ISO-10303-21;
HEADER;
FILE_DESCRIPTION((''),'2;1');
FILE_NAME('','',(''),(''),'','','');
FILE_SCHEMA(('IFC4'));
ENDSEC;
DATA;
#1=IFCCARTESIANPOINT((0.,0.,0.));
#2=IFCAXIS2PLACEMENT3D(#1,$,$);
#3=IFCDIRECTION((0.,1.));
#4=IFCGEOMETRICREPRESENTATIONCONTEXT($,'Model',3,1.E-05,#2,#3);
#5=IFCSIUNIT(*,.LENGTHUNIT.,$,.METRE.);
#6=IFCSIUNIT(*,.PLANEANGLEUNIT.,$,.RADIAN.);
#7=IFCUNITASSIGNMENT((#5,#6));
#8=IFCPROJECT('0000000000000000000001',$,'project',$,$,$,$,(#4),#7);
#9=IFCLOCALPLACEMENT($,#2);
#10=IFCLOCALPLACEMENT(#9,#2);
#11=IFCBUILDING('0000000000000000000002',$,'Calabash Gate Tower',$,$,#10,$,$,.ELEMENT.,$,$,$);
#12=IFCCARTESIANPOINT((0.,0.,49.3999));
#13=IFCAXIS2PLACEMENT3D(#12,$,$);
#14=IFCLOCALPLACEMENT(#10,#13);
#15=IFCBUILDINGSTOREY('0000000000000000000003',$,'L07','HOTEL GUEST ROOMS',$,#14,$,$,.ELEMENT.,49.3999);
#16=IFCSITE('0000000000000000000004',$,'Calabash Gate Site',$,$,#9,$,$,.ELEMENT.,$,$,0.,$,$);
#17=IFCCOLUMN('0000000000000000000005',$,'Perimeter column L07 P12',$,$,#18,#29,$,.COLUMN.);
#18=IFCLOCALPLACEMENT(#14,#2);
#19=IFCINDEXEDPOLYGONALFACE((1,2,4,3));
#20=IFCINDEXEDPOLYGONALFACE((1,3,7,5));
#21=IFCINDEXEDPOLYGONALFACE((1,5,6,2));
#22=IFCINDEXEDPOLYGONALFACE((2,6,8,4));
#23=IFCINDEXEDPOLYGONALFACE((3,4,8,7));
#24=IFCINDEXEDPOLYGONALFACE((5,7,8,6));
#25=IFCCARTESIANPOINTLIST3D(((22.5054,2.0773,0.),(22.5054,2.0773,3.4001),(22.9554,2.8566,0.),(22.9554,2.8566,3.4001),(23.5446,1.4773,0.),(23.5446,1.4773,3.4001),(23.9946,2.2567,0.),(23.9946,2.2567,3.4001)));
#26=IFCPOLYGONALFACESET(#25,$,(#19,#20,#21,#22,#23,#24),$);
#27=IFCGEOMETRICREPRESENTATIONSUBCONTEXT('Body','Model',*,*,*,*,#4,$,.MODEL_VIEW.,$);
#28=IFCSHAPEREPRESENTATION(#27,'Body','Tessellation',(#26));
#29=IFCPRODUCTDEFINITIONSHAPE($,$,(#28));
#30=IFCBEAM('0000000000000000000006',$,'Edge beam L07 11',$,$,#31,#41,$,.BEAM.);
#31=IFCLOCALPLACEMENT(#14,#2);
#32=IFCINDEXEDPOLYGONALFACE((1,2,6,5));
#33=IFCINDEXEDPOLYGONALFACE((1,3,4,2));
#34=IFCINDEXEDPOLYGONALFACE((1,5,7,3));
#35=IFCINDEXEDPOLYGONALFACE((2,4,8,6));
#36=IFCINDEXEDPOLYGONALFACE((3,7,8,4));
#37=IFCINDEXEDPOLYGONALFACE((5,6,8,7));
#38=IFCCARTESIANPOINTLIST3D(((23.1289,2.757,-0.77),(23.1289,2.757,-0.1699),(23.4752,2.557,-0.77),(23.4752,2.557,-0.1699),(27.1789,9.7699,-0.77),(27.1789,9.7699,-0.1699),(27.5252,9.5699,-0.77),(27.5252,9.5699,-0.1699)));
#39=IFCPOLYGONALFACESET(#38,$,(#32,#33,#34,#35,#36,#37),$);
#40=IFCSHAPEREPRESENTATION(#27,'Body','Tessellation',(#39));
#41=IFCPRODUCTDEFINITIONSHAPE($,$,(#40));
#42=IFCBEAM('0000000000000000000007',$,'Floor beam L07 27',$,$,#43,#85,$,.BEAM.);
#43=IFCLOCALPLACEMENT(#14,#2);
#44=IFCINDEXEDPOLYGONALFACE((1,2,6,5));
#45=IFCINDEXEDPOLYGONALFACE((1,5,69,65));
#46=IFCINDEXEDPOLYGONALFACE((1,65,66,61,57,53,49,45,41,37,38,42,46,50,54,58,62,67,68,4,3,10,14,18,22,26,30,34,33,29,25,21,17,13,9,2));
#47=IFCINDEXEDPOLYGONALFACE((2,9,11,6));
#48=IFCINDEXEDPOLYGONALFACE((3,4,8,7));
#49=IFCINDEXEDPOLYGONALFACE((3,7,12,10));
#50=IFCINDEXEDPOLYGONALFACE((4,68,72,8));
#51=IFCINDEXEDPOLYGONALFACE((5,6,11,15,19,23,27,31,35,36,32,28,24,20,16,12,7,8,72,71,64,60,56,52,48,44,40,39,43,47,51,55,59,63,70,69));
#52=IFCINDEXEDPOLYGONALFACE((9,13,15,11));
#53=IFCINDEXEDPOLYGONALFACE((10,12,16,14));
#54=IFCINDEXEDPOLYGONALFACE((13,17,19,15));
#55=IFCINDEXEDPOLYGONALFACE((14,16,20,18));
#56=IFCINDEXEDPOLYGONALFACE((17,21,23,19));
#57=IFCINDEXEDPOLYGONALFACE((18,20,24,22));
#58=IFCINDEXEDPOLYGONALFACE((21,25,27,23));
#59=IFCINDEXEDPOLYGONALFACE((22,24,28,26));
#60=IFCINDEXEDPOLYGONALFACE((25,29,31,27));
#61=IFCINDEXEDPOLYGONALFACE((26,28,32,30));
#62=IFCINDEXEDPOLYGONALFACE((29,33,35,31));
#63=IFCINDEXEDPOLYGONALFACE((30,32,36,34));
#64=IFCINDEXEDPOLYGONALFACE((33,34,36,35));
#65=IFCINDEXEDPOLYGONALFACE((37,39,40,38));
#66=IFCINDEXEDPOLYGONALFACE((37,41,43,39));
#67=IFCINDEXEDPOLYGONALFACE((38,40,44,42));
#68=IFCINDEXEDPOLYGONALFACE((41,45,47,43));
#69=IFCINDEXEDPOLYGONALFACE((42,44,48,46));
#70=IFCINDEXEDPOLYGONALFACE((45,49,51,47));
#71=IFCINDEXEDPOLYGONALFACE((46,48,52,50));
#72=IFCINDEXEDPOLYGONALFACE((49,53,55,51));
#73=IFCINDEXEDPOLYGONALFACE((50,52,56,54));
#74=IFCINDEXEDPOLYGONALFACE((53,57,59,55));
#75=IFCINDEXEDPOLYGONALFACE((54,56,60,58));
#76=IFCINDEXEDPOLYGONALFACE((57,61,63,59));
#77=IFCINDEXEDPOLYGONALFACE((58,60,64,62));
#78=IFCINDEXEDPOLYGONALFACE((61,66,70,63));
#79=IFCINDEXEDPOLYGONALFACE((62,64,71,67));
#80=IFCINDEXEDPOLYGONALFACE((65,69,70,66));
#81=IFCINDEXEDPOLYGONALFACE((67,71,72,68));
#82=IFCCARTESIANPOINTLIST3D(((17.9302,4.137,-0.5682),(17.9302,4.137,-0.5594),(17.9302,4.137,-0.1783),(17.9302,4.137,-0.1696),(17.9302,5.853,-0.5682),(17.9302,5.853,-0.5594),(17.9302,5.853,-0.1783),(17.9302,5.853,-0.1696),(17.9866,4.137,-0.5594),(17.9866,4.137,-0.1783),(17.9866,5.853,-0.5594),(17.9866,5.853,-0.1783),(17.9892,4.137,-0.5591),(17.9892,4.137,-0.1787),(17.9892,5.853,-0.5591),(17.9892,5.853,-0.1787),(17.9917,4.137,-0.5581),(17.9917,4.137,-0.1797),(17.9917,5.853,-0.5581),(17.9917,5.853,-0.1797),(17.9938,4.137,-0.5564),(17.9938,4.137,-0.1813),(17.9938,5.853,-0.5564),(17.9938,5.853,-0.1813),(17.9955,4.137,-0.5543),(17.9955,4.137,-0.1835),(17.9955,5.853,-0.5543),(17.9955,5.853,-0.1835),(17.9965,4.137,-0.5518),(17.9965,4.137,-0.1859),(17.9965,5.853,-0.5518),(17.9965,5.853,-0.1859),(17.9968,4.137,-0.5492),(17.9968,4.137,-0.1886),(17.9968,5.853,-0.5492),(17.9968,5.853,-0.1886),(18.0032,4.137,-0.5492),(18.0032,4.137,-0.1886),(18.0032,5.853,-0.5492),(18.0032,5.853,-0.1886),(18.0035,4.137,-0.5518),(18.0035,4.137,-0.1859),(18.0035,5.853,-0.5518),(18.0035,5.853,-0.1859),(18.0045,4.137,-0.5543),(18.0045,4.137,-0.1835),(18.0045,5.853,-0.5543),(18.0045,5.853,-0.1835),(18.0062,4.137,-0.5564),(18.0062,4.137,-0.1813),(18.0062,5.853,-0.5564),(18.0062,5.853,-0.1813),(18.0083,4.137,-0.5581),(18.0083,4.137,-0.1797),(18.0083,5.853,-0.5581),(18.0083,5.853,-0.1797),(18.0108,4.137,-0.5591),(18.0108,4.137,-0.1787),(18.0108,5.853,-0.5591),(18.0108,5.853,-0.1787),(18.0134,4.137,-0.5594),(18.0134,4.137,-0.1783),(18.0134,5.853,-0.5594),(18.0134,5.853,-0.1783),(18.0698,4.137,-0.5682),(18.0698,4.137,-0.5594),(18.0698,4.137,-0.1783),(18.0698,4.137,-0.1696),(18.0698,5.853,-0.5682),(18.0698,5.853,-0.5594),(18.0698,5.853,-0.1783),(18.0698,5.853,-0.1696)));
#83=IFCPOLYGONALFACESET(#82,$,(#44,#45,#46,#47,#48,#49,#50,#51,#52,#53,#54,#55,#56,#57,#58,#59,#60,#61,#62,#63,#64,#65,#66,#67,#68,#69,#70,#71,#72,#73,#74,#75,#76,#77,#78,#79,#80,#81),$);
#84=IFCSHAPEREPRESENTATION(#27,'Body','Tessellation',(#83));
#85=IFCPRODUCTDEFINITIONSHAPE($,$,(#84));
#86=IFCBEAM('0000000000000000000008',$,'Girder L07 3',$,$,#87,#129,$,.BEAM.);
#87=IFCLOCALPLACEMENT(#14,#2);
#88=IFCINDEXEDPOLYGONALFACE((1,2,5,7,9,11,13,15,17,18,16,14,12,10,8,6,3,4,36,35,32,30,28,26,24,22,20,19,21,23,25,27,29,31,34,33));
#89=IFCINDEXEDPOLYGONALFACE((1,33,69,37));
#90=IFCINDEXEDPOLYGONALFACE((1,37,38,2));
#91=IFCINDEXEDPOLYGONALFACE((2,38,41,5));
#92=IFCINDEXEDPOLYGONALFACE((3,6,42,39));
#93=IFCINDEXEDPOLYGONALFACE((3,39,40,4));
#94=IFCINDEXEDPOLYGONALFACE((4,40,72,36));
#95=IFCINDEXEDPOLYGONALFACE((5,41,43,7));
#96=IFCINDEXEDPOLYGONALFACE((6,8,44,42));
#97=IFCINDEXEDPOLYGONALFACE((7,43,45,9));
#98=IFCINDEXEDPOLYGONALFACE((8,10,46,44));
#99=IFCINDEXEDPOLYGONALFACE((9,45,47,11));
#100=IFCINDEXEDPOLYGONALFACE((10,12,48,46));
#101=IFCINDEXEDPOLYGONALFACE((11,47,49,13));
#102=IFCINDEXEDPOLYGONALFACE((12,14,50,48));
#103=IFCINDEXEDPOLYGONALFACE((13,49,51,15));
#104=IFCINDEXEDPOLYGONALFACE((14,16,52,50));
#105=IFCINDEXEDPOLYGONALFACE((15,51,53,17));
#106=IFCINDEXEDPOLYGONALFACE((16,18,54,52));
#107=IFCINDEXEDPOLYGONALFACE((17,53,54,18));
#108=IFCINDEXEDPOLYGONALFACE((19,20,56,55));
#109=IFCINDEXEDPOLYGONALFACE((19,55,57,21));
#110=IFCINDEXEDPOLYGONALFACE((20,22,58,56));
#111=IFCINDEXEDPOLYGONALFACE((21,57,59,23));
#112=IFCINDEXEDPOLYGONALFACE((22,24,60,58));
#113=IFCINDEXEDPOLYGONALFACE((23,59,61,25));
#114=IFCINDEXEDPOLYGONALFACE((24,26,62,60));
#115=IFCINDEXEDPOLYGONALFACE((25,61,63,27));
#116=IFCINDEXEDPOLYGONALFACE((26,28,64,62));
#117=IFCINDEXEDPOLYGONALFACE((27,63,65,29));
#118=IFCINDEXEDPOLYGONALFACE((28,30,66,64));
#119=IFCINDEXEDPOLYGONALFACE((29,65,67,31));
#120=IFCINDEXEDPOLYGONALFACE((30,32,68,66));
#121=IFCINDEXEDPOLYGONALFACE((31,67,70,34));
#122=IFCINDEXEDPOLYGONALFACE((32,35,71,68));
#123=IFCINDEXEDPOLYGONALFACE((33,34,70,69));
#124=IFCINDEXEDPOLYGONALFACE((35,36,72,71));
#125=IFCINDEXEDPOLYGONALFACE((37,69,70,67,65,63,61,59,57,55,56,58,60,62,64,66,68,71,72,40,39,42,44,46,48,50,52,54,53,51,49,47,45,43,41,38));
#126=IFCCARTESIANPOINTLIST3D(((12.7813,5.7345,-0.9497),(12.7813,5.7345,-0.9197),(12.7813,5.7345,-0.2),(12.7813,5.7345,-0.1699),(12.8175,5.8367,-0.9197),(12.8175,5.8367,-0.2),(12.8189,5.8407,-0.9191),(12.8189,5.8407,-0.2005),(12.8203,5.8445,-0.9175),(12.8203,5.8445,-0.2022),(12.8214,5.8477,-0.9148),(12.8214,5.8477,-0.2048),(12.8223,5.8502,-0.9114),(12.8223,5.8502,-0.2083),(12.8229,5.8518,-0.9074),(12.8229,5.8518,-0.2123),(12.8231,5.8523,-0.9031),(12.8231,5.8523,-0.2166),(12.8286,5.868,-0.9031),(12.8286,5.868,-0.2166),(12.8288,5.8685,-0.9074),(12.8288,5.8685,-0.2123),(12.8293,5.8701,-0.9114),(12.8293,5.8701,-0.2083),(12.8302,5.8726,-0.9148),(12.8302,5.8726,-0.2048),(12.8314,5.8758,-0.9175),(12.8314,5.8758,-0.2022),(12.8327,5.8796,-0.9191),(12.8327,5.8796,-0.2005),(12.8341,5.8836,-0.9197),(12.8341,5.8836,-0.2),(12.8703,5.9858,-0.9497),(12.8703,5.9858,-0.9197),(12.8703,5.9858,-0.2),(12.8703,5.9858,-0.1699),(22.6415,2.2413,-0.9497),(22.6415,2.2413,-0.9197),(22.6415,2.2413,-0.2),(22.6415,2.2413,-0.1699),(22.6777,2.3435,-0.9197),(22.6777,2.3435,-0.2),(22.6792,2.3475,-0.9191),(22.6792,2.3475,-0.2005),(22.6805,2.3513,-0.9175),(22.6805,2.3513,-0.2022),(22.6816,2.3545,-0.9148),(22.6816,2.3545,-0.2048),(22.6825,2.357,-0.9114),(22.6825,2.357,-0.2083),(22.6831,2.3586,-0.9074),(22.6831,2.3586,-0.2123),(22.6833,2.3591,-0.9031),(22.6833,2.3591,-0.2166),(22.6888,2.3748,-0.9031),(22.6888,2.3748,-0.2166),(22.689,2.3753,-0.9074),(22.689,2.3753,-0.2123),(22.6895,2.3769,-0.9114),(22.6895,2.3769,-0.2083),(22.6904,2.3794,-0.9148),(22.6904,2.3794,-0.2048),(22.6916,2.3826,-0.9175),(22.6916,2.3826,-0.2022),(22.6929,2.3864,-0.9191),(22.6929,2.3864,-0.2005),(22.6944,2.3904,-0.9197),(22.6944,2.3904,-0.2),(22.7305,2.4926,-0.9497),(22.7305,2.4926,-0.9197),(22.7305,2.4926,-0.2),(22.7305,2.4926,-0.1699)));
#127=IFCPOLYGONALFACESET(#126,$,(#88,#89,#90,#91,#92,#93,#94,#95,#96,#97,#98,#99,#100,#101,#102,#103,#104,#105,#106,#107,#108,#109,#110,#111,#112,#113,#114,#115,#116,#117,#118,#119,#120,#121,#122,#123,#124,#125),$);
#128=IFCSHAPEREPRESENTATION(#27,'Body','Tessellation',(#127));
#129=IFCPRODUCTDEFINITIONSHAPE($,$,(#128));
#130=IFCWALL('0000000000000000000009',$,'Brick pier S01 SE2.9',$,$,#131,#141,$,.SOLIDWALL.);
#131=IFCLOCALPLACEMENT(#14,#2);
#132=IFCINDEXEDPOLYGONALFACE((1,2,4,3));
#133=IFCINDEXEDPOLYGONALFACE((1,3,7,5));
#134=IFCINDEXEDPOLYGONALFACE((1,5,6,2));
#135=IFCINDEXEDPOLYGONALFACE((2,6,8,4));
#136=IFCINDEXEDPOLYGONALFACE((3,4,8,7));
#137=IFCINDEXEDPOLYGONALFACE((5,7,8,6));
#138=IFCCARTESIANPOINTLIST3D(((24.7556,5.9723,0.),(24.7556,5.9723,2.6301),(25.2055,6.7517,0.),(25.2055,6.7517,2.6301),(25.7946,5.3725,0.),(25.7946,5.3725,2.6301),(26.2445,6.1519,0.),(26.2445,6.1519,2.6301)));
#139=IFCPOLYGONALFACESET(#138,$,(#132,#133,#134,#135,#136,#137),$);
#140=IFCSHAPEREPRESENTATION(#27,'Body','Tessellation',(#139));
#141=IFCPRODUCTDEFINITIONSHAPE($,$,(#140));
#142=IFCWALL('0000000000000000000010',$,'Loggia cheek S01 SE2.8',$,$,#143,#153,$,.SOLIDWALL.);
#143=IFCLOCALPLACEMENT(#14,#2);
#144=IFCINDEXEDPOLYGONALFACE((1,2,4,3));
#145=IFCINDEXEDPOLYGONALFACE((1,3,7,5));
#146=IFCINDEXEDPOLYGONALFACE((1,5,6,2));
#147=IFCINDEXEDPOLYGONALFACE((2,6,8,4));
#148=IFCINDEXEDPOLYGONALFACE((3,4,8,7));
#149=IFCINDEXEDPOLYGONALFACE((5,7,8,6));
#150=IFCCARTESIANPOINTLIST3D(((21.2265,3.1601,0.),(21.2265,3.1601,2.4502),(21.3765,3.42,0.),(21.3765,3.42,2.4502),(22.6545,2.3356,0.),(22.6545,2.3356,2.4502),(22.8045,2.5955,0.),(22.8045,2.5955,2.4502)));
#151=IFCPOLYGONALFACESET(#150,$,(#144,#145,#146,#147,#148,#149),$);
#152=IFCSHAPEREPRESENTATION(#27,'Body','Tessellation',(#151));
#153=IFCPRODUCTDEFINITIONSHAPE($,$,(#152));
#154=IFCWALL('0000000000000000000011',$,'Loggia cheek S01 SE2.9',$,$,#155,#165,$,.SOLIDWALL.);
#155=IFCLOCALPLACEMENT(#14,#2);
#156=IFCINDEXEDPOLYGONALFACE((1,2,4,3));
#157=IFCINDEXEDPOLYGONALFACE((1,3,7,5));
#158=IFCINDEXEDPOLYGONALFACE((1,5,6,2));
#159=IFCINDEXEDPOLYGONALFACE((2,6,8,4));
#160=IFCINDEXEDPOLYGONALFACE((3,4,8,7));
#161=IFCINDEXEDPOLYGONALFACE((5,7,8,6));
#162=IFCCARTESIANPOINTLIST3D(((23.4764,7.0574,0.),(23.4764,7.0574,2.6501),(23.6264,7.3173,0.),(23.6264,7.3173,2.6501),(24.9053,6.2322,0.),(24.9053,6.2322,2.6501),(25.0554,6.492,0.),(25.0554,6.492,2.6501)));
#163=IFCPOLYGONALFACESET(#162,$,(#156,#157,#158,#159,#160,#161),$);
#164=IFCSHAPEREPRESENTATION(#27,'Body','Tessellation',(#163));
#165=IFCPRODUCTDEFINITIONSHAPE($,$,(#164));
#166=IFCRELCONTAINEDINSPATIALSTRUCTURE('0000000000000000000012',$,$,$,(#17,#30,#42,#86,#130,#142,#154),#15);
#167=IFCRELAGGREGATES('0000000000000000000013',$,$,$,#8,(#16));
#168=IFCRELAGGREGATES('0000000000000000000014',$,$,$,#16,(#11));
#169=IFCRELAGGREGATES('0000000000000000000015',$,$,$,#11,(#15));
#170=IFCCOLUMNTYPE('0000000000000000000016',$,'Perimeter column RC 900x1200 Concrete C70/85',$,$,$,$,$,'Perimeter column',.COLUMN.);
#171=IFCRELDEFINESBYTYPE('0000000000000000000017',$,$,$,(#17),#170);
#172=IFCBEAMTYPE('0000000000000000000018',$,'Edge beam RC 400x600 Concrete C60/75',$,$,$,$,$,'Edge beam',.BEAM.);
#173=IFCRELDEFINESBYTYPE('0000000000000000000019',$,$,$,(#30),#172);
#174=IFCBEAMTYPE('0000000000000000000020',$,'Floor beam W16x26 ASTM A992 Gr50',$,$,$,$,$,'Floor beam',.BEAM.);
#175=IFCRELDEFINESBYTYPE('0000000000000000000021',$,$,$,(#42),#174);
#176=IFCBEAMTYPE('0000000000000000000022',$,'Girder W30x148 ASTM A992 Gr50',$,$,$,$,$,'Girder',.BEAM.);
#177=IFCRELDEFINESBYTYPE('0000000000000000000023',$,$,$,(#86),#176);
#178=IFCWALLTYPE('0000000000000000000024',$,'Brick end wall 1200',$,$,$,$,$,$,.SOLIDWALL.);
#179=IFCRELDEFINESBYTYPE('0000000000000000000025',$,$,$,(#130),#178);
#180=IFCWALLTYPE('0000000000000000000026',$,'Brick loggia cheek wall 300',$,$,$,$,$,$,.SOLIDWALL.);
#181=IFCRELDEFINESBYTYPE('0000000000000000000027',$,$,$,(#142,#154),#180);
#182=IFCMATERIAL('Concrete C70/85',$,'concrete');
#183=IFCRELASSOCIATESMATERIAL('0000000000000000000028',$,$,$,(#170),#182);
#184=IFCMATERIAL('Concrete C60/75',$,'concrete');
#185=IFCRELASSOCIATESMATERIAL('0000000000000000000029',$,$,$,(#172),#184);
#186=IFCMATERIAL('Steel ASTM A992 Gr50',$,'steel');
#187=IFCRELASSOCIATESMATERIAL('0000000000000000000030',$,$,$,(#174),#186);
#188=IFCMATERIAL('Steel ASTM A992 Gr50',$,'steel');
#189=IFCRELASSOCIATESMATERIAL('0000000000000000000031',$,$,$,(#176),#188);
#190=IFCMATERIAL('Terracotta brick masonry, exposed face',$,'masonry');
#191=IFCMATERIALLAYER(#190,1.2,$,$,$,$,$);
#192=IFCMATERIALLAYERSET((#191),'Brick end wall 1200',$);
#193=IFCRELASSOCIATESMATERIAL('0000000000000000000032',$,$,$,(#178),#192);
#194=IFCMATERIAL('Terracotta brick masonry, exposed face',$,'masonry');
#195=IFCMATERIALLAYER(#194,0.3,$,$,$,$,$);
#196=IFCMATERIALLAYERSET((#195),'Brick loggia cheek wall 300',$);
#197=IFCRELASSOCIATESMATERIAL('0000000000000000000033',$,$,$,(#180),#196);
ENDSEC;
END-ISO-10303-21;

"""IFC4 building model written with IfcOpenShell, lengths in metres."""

from ifc_helpers import new_model, si_unit, direction, frame, frame_2d, origin, origin_2d, place, context, subcontext, project, spatial, rectangle, i_section, extrude, material, layer, layer_set, material_profile, profile_set, type_object, element, save


model = new_model("IFC4")

# Units and contexts
model_context = context("Model", 3, precision=1e-05, world=origin(), true_north=direction((0.0, 1.0)))
body_context = subcontext(model_context, "Body", "Model", "MODEL_VIEW")
ifc_project = project(units=[si_unit("LENGTHUNIT", "METRE"), si_unit("PLANEANGLEUNIT", "RADIAN")], contexts=[model_context])

# Site, building, storey
site_placement = place(None, origin())
site = spatial("IfcSite", under=ifc_project, at=site_placement, Name="Calabash Gate Site", CompositionType="ELEMENT", RefElevation=0.0)
building_placement = place(site_placement, origin())
building = spatial("IfcBuilding", under=site, at=building_placement, Name="Calabash Gate Tower", CompositionType="ELEMENT")
storey_placement = place(building_placement, frame((0.0, 0.0, 49.3999)))
storey = spatial("IfcBuildingStorey", under=building, at=storey_placement, Name="L07", Description="HOTEL GUEST ROOMS", CompositionType="ELEMENT", Elevation=49.3999)

# Column
ifc_material_1 = material(Name="Concrete C70/85", Category="concrete")
ifc_material_profile_1 = material_profile(ifc_material_1, rectangle(XDim=0.8999, YDim=1.2, at=origin_2d()))
ifc_profile_set_1 = profile_set([ifc_material_profile_1], Name="Concrete C70/85")
column_type = type_object("IfcColumnType", Name="Perimeter column RC 900x1200 Concrete C70/85", ElementType="Perimeter column", PredefinedType="COLUMN", material=ifc_profile_set_1)
column_placement = place(storey_placement, frame((23.25, 2.167, 0.0), z_axis=(0.0, 0.0, 1.0), x_axis=(0.5, 0.866025, 0.0)))
element("IfcColumn", 1, at=column_placement, inside=storey, type_object=column_type, Name="Perimeter column L07 P12", PredefinedType="COLUMN", context=body_context, shape_type="SweptSolid", body=[
    extrude(rectangle(XDim=0.8999, YDim=1.2, at=origin_2d()), origin(), (0.0, 0.0, 1.0), 3.4001),
])

# Beams
ifc_material_2 = material(Name="Concrete C60/75", Category="concrete")
ifc_material_profile_2 = material_profile(ifc_material_2, rectangle(XDim=0.3999, YDim=0.6001, at=origin_2d()))
ifc_profile_set_2 = profile_set([ifc_material_profile_2], Name="Concrete C60/75")
beam_type_1 = type_object("IfcBeamType", Name="Edge beam RC 400x600 Concrete C60/75", ElementType="Edge beam", PredefinedType="BEAM", material=ifc_profile_set_2)
beam_1_placement = place(storey_placement, frame((23.302, 2.657, -0.47), z_axis=(0.500104, 0.865965, 0.0), x_axis=(-0.865965, 0.500104, 0.0)))
element("IfcBeam", 2, at=beam_1_placement, inside=storey, type_object=beam_type_1, Name="Edge beam L07 11", PredefinedType="BEAM", context=body_context, shape_type="SweptSolid", body=[
    extrude(rectangle(XDim=0.3999, YDim=0.6001, at=origin_2d()), origin(), (0.0, 0.0, 1.0), 8.0984),
])
ifc_material_3 = material(Name="Steel ASTM A992 Gr50", Category="steel")
ifc_material_profile_3 = material_profile(ifc_material_3, i_section(OverallWidth=0.1396, OverallDepth=0.3987, WebThickness=0.0063, FlangeThickness=0.0088, FilletRadius=0.0103, at=origin_2d()))
ifc_profile_set_3 = profile_set([ifc_material_profile_3], Name="Steel ASTM A992 Gr50")
beam_type_2 = type_object("IfcBeamType", Name="Floor beam W16x26 ASTM A992 Gr50", ElementType="Floor beam", PredefinedType="BEAM", material=ifc_profile_set_3)
beam_2_placement = place(storey_placement, frame((18.0, 4.137, -0.3689), z_axis=(0.0, 1.0, 0.0), x_axis=(-1.0, 0.0, 0.0)))
element("IfcBeam", 3, at=beam_2_placement, inside=storey, type_object=beam_type_2, Name="Floor beam L07 27", PredefinedType="BEAM", context=body_context, shape_type="SweptSolid", body=[
    extrude(i_section(OverallWidth=0.1396, OverallDepth=0.3987, WebThickness=0.0063, FlangeThickness=0.0088, FilletRadius=0.0103, at=origin_2d()), origin(), (0.0, 0.0, 1.0), 1.7161),
])
ifc_material_4 = material(Name="Steel ASTM A992 Gr50", Category="steel")
ifc_material_profile_4 = material_profile(ifc_material_4, i_section(OverallWidth=0.2666, OverallDepth=0.7798, WebThickness=0.0166, FlangeThickness=0.03, FilletRadius=0.0166, at=origin_2d()))
ifc_profile_set_4 = profile_set([ifc_material_profile_4], Name="Steel ASTM A992 Gr50")
beam_type_3 = type_object("IfcBeamType", Name="Girder W30x148 ASTM A992 Gr50", ElementType="Girder", PredefinedType="BEAM", material=ifc_profile_set_4)
beam_3_placement = place(storey_placement, frame((22.686, 2.3669, -0.5598), z_axis=(-0.942596, 0.333936, 0.0), x_axis=(-0.333936, -0.942596, 0.0)))
element("IfcBeam", 4, at=beam_3_placement, inside=storey, type_object=beam_type_3, Name="Girder L07 3", PredefinedType="BEAM", context=body_context, shape_type="SweptSolid", body=[
    extrude(i_section(OverallWidth=0.2666, OverallDepth=0.7798, WebThickness=0.0166, FlangeThickness=0.03, FilletRadius=0.0166, at=origin_2d()), origin(), (0.0, 0.0, 1.0), 10.4607),
])

# Walls
ifc_material_5 = material(Name="Terracotta brick masonry, exposed face", Category="masonry")
ifc_layer_1 = layer(ifc_material_5, 1.2)
ifc_layer_set_1 = layer_set([ifc_layer_1], Name="Brick end wall 1200")
wall_type_1 = type_object("IfcWallType", Name="Brick end wall 1200", PredefinedType="SOLIDWALL", material=ifc_layer_set_1)
wall_1_placement = place(storey_placement, frame((26.0195, 5.7622, 0.0), z_axis=(0.0, 0.0, 1.0), x_axis=(-0.866043, 0.499969, 0.0)))
element("IfcWall", 5, at=wall_1_placement, inside=storey, type_object=wall_type_1, Name="Brick pier S01 SE2.9", PredefinedType="SOLIDWALL", context=body_context, shape_type="SweptSolid", body=[
    extrude(rectangle(XDim=1.1997, YDim=0.8999, at=frame_2d((0.5999, 0.0))), origin(), (0.0, 0.0, 1.0), 2.6301),
])
ifc_material_6 = material(Name="Terracotta brick masonry, exposed face", Category="masonry")
ifc_layer_2 = layer(ifc_material_6, 0.3)
ifc_layer_set_2 = layer_set([ifc_layer_2], Name="Brick loggia cheek wall 300")
wall_type_2 = type_object("IfcWallType", Name="Brick loggia cheek wall 300", PredefinedType="SOLIDWALL", material=ifc_layer_set_2)
wall_2_placement = place(storey_placement, frame((21.3015, 3.29, 0.0), z_axis=(0.0, 0.0, 1.0), x_axis=(0.86602, -0.500009, 0.0)))
element("IfcWall", 6, at=wall_2_placement, inside=storey, type_object=wall_type_2, Name="Loggia cheek S01 SE2.8", PredefinedType="SOLIDWALL", context=body_context, shape_type="SweptSolid", body=[
    extrude(rectangle(XDim=1.6489, YDim=0.3, at=frame_2d((0.8245, 0.0))), origin(), (0.0, 0.0, 1.0), 2.4502),
])
wall_3_placement = place(storey_placement, frame((24.9805, 6.3621, 0.0), z_axis=(0.0, 0.0, 1.0), x_axis=(-0.865976, 0.500085, 0.0)))
element("IfcWall", 7, at=wall_3_placement, inside=storey, type_object=wall_type_2, Name="Loggia cheek S01 SE2.9", PredefinedType="SOLIDWALL", context=body_context, shape_type="SweptSolid", body=[
    extrude(rectangle(XDim=1.6501, YDim=0.3, at=frame_2d((0.8252, 0.0))), origin(), (0.0, 0.0, 1.0), 2.6501),
])

save(model, "model.ifc")
